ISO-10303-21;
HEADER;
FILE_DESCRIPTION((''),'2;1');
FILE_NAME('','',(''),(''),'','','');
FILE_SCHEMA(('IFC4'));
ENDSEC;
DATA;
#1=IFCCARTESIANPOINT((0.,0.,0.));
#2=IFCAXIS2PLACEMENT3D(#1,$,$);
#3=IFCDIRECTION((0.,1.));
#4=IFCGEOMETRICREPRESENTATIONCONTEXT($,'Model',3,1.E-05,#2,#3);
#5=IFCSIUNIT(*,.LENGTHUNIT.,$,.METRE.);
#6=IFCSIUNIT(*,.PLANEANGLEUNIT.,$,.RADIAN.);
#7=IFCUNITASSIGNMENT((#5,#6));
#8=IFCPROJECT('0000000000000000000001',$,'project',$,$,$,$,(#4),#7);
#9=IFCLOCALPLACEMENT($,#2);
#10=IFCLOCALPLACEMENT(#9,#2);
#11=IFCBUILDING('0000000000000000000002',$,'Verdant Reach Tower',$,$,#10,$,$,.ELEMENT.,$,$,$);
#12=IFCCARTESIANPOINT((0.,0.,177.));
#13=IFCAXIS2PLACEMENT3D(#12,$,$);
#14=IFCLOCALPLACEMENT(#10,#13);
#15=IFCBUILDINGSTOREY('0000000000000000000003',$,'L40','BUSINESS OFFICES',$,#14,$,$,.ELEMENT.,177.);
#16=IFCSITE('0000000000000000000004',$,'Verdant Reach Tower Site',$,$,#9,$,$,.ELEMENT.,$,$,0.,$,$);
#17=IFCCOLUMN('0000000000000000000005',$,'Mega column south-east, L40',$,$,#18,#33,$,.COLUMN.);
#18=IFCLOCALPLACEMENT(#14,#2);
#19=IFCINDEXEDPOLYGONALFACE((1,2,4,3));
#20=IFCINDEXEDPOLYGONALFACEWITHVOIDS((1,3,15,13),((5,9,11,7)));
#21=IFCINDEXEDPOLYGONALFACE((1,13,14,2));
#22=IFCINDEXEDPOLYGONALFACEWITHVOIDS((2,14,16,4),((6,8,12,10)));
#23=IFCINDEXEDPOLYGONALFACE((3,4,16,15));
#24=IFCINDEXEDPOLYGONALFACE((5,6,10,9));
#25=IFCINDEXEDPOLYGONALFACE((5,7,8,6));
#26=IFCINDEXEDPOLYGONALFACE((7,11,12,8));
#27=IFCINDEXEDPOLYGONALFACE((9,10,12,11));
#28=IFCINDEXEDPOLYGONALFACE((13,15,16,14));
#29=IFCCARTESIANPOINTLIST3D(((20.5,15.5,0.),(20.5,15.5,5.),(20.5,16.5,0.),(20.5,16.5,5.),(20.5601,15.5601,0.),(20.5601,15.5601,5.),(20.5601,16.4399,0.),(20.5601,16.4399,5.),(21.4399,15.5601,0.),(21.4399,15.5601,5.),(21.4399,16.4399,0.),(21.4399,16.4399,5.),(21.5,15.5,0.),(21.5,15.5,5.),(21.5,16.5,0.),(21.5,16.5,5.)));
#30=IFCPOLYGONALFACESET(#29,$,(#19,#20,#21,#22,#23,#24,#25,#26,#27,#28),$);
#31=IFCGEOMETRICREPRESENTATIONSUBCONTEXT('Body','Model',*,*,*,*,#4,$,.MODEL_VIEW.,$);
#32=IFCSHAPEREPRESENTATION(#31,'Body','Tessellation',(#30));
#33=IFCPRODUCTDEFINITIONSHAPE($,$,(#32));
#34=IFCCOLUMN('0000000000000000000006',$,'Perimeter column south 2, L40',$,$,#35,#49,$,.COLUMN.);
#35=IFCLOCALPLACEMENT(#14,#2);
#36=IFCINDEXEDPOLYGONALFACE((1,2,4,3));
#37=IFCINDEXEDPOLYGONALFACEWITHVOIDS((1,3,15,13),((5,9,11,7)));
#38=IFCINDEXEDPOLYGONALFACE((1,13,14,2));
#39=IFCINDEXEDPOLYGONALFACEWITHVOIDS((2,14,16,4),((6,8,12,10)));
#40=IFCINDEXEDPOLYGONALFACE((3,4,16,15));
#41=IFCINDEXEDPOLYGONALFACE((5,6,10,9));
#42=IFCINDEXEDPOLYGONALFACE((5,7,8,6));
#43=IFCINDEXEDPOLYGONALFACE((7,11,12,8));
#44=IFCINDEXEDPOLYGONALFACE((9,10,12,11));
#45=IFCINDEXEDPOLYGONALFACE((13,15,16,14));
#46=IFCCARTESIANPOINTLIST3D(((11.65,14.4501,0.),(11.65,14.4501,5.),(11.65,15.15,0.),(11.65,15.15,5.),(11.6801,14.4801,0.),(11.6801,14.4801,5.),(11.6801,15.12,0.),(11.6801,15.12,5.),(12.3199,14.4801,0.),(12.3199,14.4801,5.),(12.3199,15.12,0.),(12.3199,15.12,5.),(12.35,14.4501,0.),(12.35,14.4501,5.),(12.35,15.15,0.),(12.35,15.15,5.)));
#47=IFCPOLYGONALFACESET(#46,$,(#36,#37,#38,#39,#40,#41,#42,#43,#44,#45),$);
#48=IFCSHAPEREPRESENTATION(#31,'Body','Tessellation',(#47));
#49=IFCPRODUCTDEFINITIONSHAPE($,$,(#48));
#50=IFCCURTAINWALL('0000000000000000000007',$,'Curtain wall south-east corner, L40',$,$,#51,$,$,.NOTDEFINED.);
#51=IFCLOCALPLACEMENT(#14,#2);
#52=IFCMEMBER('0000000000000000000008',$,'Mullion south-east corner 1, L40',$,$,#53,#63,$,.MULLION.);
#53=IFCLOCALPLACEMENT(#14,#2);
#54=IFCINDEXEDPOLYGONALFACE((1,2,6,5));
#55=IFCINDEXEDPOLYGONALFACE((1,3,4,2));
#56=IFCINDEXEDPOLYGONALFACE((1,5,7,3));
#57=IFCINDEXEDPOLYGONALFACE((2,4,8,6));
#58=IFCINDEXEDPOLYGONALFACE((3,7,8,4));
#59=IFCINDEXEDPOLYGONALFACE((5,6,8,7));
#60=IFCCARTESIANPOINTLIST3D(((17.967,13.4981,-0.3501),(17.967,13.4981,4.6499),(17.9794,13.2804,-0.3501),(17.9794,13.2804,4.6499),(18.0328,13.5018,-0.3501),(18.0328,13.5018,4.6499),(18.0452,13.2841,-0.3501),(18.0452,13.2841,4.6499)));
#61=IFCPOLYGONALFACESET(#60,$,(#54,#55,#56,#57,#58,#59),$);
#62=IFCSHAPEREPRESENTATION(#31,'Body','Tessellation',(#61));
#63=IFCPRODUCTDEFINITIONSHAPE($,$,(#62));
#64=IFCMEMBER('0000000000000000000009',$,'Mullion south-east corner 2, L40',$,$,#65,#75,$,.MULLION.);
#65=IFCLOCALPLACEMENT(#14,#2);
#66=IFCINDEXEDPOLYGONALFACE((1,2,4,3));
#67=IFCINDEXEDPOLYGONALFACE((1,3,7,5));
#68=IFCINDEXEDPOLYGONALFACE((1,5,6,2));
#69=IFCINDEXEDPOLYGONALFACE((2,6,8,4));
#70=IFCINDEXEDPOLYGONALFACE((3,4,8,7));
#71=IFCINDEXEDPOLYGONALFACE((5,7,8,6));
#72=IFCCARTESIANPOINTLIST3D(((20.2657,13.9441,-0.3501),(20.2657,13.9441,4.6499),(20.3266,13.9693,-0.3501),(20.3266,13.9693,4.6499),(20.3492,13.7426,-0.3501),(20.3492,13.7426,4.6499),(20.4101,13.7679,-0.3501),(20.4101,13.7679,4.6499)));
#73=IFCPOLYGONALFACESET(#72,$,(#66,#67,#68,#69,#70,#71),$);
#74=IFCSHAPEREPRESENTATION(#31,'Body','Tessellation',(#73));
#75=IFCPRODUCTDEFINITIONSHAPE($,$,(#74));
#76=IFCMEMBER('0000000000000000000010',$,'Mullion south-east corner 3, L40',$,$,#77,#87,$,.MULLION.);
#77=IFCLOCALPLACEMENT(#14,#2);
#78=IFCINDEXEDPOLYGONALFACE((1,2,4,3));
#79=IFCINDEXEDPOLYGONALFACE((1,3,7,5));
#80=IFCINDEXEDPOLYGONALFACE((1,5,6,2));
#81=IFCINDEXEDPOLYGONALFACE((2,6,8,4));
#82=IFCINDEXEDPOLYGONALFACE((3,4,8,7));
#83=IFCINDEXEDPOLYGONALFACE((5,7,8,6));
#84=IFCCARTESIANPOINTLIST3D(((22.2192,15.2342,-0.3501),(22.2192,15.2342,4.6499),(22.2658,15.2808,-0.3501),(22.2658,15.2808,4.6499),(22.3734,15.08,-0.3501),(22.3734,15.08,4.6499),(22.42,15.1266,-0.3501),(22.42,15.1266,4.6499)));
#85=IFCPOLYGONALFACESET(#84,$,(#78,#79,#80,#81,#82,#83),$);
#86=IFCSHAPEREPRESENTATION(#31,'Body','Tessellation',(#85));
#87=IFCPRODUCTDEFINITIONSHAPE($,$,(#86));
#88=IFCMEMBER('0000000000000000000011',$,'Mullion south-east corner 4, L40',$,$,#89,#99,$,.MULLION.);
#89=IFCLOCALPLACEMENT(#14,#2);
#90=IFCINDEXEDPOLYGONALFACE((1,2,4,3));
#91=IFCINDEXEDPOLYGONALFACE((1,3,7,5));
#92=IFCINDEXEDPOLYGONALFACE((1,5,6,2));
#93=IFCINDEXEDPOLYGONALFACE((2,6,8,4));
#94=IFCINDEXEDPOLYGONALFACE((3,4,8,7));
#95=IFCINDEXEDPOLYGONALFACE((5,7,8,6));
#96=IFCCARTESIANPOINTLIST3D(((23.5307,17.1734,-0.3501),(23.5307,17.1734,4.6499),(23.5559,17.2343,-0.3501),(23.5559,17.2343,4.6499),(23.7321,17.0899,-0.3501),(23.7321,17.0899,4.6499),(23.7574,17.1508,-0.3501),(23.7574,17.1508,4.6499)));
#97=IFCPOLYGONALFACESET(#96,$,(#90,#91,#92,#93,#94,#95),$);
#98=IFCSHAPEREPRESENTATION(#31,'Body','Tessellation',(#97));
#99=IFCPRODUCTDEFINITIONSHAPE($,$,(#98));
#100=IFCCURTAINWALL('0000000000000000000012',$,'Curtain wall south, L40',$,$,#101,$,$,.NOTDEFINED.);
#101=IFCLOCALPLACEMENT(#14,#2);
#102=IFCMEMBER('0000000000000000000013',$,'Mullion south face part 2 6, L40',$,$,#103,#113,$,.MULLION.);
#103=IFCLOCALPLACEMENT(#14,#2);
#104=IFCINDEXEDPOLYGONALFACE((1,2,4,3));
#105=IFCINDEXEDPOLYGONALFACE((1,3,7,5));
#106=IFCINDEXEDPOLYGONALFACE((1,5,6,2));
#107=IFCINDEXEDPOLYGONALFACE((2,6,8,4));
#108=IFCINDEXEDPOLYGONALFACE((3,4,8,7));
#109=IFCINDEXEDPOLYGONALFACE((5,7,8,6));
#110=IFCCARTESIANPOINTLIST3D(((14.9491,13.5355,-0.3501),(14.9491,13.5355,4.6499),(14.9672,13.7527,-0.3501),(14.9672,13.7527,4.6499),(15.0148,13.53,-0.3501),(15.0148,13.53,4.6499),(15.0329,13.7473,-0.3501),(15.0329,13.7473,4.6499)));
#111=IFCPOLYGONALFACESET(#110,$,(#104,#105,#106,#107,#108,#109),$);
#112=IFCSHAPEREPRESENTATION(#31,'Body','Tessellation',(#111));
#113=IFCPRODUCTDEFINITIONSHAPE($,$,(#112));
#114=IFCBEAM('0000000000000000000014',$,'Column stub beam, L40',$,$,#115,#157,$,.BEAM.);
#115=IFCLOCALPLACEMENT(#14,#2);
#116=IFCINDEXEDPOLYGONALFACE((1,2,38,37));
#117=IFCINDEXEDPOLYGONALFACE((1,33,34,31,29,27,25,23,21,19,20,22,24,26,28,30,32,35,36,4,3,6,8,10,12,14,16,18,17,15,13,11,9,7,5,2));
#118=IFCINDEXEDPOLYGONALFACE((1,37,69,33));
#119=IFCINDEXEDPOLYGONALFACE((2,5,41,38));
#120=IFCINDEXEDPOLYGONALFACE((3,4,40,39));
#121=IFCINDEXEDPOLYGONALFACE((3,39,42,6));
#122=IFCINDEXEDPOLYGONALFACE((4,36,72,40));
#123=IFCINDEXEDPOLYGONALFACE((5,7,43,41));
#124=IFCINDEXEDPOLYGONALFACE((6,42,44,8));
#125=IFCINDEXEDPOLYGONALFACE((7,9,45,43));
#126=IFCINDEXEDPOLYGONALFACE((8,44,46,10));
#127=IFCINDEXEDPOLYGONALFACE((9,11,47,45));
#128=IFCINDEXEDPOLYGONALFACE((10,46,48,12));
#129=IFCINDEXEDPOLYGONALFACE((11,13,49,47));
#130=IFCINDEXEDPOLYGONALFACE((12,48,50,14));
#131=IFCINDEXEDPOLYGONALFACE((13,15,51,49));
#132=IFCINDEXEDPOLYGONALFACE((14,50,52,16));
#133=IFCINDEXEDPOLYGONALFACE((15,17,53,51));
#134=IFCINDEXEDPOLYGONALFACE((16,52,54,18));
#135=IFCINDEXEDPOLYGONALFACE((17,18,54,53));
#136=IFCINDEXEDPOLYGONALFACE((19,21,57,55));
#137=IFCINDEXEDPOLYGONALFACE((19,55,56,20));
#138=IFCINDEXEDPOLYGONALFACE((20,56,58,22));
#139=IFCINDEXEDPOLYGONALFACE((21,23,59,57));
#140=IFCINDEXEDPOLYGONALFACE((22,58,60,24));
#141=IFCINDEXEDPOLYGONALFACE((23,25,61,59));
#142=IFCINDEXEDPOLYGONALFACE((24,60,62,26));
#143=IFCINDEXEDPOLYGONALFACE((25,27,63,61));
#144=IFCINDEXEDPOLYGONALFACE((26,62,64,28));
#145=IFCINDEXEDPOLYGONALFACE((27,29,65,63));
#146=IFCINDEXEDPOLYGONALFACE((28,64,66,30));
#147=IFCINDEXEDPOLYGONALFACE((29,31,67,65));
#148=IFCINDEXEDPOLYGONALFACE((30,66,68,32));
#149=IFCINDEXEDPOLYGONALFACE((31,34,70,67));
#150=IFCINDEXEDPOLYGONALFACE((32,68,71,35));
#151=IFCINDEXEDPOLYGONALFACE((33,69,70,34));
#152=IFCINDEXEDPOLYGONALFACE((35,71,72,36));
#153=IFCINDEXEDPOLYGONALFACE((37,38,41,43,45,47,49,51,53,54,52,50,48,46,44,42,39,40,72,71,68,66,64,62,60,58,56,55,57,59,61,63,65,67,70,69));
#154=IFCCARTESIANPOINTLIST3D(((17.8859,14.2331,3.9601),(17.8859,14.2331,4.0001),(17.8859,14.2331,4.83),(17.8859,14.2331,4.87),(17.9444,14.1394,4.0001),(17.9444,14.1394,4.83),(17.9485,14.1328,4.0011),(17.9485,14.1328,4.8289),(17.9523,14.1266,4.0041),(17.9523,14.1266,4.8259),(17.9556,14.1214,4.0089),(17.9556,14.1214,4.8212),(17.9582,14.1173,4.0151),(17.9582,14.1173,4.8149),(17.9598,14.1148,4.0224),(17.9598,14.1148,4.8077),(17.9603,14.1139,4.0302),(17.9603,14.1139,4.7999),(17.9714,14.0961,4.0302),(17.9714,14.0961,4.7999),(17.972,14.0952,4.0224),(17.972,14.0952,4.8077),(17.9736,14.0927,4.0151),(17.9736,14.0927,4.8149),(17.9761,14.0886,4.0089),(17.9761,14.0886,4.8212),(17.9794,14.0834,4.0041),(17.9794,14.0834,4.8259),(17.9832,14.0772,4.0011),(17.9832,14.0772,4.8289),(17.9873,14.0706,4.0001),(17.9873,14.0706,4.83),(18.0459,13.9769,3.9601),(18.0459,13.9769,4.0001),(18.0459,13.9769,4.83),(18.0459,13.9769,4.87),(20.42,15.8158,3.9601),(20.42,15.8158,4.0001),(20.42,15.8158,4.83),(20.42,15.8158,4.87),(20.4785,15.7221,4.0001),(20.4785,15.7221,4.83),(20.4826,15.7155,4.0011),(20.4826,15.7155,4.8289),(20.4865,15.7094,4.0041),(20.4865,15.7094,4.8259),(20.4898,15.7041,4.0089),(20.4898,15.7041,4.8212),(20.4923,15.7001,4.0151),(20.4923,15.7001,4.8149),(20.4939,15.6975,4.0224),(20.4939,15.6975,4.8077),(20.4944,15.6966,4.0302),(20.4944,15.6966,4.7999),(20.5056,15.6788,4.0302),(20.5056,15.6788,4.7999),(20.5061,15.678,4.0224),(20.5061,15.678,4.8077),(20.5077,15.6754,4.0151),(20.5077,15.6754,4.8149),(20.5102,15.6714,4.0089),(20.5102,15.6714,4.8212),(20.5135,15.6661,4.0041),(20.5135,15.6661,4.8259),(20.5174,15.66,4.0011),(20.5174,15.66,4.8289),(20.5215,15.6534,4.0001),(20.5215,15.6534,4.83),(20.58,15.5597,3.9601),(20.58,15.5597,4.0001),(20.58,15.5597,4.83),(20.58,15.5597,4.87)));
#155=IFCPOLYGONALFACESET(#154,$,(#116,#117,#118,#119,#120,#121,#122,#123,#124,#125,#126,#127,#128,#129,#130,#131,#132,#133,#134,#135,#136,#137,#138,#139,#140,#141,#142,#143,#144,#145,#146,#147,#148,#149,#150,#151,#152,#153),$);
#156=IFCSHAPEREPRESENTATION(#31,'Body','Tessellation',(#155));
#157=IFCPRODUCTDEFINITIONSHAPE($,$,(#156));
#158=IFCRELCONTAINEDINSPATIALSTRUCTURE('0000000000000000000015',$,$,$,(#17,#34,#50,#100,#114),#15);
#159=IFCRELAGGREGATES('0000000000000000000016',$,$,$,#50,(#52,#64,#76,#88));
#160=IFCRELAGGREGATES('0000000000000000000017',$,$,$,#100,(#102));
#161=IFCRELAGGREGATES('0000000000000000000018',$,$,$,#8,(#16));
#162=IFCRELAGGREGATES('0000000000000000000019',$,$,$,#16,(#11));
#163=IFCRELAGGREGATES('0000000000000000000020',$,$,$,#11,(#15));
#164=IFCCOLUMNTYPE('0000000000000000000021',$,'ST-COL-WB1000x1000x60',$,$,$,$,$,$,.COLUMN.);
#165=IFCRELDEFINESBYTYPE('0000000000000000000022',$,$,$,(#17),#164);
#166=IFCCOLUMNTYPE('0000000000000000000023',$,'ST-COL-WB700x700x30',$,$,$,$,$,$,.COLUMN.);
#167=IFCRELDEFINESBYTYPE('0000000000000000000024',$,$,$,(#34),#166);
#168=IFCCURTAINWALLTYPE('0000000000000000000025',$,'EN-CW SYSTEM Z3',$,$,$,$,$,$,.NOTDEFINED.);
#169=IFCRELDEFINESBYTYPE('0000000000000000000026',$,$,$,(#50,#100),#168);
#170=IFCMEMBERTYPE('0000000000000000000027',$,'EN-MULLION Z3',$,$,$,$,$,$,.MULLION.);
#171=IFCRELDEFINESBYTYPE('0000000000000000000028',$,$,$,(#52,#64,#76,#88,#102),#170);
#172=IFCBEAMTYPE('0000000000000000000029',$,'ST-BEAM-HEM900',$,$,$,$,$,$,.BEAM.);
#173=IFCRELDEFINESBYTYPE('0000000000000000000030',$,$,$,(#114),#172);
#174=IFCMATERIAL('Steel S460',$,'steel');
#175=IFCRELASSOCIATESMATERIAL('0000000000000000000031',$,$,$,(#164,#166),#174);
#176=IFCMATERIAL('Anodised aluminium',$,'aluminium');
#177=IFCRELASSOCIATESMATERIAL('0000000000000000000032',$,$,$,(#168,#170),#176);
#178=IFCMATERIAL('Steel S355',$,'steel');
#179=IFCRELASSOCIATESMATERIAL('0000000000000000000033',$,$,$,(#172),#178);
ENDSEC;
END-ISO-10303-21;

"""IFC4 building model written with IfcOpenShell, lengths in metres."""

from ifc_helpers import new_model, si_unit, direction, frame, origin, origin_2d, place, context, subcontext, project, spatial, rectangle, hollow_rectangle, i_section, extrude, material, material_profile, profile_set, type_object, element, aggregate, save


model = new_model("IFC4")

# Units and contexts
model_context = context("Model", 3, precision=1e-05, world=origin(), true_north=direction((0.0, 1.0)))
body_context = subcontext(model_context, "Body", "Model", "MODEL_VIEW")
ifc_project = project(units=[si_unit("LENGTHUNIT", "METRE"), si_unit("PLANEANGLEUNIT", "RADIAN")], contexts=[model_context])

# Site, building, storey
site_placement = place(None, origin())
site = spatial("IfcSite", under=ifc_project, at=site_placement, Name="Verdant Reach Tower Site", CompositionType="ELEMENT", RefElevation=0.0)
building_placement = place(site_placement, origin())
building = spatial("IfcBuilding", under=site, at=building_placement, Name="Verdant Reach Tower", CompositionType="ELEMENT")
storey_placement = place(building_placement, frame((0.0, 0.0, 177.0)))
storey = spatial("IfcBuildingStorey", under=building, at=storey_placement, Name="L40", Description="BUSINESS OFFICES", CompositionType="ELEMENT", Elevation=177.0)

# Columns
ifc_material_1 = material(Name="Steel S460", Category="steel")
ifc_material_profile_1 = material_profile(ifc_material_1, hollow_rectangle(XDim=1.0, YDim=1.0, WallThickness=0.0601, at=origin_2d()), Name="WB 1000x1000x60")
ifc_profile_set_1 = profile_set([ifc_material_profile_1], Name="Steel S460")
column_type_1 = type_object("IfcColumnType", Name="ST-COL-WB1000x1000x60", PredefinedType="COLUMN", material=ifc_profile_set_1)
column_1_placement = place(storey_placement, frame((21.0, 16.0, 0.0), z_axis=(0.0, 0.0, 1.0), x_axis=(1.0, 0.0, 0.0)))
element("IfcColumn", 1, at=column_1_placement, inside=storey, type_object=column_type_1, Name="Mega column south-east, L40", PredefinedType="COLUMN", context=body_context, shape_type="SweptSolid", body=[
    extrude(hollow_rectangle(XDim=1.0, YDim=1.0, WallThickness=0.0601, at=origin_2d()), origin(), (0.0, 0.0, 1.0), 5.0),
])
ifc_material_profile_2 = material_profile(ifc_material_1, hollow_rectangle(XDim=0.7, YDim=0.7, WallThickness=0.03, at=origin_2d()), Name="WB 700x700x30")
ifc_profile_set_2 = profile_set([ifc_material_profile_2], Name="Steel S460")
column_type_2 = type_object("IfcColumnType", Name="ST-COL-WB700x700x30", PredefinedType="COLUMN", material=ifc_profile_set_2)
column_2_placement = place(storey_placement, frame((12.0, 14.8, 0.0), z_axis=(0.0, 0.0, 1.0), x_axis=(1.0, 0.0, 0.0)))
element("IfcColumn", 2, at=column_2_placement, inside=storey, type_object=column_type_2, Name="Perimeter column south 2, L40", PredefinedType="COLUMN", context=body_context, shape_type="SweptSolid", body=[
    extrude(hollow_rectangle(XDim=0.7, YDim=0.7, WallThickness=0.03, at=origin_2d()), origin(), (0.0, 0.0, 1.0), 5.0),
])

# Curtain wall, members
ifc_material_2 = material(Name="Anodised aluminium", Category="aluminium")
curtain_wall_type = type_object("IfcCurtainWallType", Name="EN-CW SYSTEM Z3", PredefinedType="NOTDEFINED", material=ifc_material_2)
curtain_wall_1_placement = place(storey_placement, origin())
curtain_wall_1 = element("IfcCurtainWall", 3, at=curtain_wall_1_placement, inside=storey, type_object=curtain_wall_type, Name="Curtain wall south-east corner, L40", PredefinedType="NOTDEFINED")
ifc_material_profile_3 = material_profile(ifc_material_2, rectangle(XDim=0.218, YDim=0.0659, at=origin_2d()), Name="Mullion 66x218")
ifc_profile_set_3 = profile_set([ifc_material_profile_3], Name="Anodised aluminium")
member_type = type_object("IfcMemberType", Name="EN-MULLION Z3", PredefinedType="MULLION", material=ifc_profile_set_3)
member_1_placement = place(storey_placement, frame((18.0061, 13.3911, -0.3501), z_axis=(0.0, 0.0, 1.0), x_axis=(0.056569, -0.998399, 0.0)))
member_1 = element("IfcMember", 4, at=member_1_placement, type_object=member_type, Name="Mullion south-east corner 1, L40", PredefinedType="MULLION", context=body_context, shape_type="SweptSolid", body=[
    extrude(rectangle(XDim=0.218, YDim=0.0659, at=origin_2d()), origin(), (0.0, 0.0, 1.0), 5.0),
])
member_2_placement = place(storey_placement, frame((20.3379, 13.856, -0.3501), z_axis=(0.0, 0.0, 1.0), x_axis=(0.382694, -0.923875, 0.0)))
member_2 = element("IfcMember", 5, at=member_2_placement, type_object=member_type, Name="Mullion south-east corner 2, L40", PredefinedType="MULLION", context=body_context, shape_type="SweptSolid", body=[
    extrude(rectangle(XDim=0.218, YDim=0.0659, at=origin_2d()), origin(), (0.0, 0.0, 1.0), 5.0),
])
member_3_placement = place(storey_placement, frame((22.3196, 15.1804, -0.3501), z_axis=(0.0, 0.0, 1.0), x_axis=(0.707107, -0.707107, 0.0)))
member_3 = element("IfcMember", 6, at=member_3_placement, type_object=member_type, Name="Mullion south-east corner 3, L40", PredefinedType="MULLION", context=body_context, shape_type="SweptSolid", body=[
    extrude(rectangle(XDim=0.218, YDim=0.0659, at=origin_2d()), origin(), (0.0, 0.0, 1.0), 5.0),
])
member_4_placement = place(storey_placement, frame((23.644, 17.1621, -0.3501), z_axis=(0.0, 0.0, 1.0), x_axis=(0.923875, -0.382694, 0.0)))
member_4 = element("IfcMember", 7, at=member_4_placement, type_object=member_type, Name="Mullion south-east corner 4, L40", PredefinedType="MULLION", context=body_context, shape_type="SweptSolid", body=[
    extrude(rectangle(XDim=0.218, YDim=0.0659, at=origin_2d()), origin(), (0.0, 0.0, 1.0), 5.0),
])

# Curtain wall, member
curtain_wall_2_placement = place(storey_placement, origin())
curtain_wall_2 = element("IfcCurtainWall", 8, at=curtain_wall_2_placement, inside=storey, type_object=curtain_wall_type, Name="Curtain wall south, L40", PredefinedType="NOTDEFINED")
member_5_placement = place(storey_placement, frame((14.991, 13.6414, -0.3501), z_axis=(0.0, 0.0, 1.0), x_axis=(-0.083045, -0.996546, 0.0)))
member_5 = element("IfcMember", 9, at=member_5_placement, type_object=member_type, Name="Mullion south face part 2 6, L40", PredefinedType="MULLION", context=body_context, shape_type="SweptSolid", body=[
    extrude(rectangle(XDim=0.218, YDim=0.0659, at=origin_2d()), origin(), (0.0, 0.0, 1.0), 5.0),
])

# Beam
ifc_material_3 = material(Name="Steel S355", Category="steel")
ifc_material_profile_4 = material_profile(ifc_material_3, i_section(OverallWidth=0.302, OverallDepth=0.9099, WebThickness=0.021, FlangeThickness=0.04, FilletRadius=0.03, at=origin_2d()), Name="HEM 900")
ifc_profile_set_4 = profile_set([ifc_material_profile_4], Name="Steel S355")
beam_type_1 = type_object("IfcBeamType", Name="ST-BEAM-HEM900", PredefinedType="BEAM", material=ifc_profile_set_4)
beam_1_placement = place(storey_placement, frame((20.5, 15.6877, 4.415), z_axis=(-0.848164, -0.529735, 0.0), x_axis=(0.529735, -0.848164, 0.0)))
element("IfcBeam", 10, at=beam_1_placement, inside=storey, type_object=beam_type_1, Name="Column stub beam, L40", PredefinedType="BEAM", context=body_context, shape_type="SweptSolid", body=[
    extrude(i_section(OverallWidth=0.302, OverallDepth=0.9099, WebThickness=0.021, FlangeThickness=0.04, FilletRadius=0.03, at=origin_2d()), origin(), (0.0, 0.0, 1.0), 2.9878),
])

aggregate(curtain_wall_1, [member_1, member_2, member_3, member_4])
aggregate(curtain_wall_2, [member_5])

save(model, "model.ifc")
